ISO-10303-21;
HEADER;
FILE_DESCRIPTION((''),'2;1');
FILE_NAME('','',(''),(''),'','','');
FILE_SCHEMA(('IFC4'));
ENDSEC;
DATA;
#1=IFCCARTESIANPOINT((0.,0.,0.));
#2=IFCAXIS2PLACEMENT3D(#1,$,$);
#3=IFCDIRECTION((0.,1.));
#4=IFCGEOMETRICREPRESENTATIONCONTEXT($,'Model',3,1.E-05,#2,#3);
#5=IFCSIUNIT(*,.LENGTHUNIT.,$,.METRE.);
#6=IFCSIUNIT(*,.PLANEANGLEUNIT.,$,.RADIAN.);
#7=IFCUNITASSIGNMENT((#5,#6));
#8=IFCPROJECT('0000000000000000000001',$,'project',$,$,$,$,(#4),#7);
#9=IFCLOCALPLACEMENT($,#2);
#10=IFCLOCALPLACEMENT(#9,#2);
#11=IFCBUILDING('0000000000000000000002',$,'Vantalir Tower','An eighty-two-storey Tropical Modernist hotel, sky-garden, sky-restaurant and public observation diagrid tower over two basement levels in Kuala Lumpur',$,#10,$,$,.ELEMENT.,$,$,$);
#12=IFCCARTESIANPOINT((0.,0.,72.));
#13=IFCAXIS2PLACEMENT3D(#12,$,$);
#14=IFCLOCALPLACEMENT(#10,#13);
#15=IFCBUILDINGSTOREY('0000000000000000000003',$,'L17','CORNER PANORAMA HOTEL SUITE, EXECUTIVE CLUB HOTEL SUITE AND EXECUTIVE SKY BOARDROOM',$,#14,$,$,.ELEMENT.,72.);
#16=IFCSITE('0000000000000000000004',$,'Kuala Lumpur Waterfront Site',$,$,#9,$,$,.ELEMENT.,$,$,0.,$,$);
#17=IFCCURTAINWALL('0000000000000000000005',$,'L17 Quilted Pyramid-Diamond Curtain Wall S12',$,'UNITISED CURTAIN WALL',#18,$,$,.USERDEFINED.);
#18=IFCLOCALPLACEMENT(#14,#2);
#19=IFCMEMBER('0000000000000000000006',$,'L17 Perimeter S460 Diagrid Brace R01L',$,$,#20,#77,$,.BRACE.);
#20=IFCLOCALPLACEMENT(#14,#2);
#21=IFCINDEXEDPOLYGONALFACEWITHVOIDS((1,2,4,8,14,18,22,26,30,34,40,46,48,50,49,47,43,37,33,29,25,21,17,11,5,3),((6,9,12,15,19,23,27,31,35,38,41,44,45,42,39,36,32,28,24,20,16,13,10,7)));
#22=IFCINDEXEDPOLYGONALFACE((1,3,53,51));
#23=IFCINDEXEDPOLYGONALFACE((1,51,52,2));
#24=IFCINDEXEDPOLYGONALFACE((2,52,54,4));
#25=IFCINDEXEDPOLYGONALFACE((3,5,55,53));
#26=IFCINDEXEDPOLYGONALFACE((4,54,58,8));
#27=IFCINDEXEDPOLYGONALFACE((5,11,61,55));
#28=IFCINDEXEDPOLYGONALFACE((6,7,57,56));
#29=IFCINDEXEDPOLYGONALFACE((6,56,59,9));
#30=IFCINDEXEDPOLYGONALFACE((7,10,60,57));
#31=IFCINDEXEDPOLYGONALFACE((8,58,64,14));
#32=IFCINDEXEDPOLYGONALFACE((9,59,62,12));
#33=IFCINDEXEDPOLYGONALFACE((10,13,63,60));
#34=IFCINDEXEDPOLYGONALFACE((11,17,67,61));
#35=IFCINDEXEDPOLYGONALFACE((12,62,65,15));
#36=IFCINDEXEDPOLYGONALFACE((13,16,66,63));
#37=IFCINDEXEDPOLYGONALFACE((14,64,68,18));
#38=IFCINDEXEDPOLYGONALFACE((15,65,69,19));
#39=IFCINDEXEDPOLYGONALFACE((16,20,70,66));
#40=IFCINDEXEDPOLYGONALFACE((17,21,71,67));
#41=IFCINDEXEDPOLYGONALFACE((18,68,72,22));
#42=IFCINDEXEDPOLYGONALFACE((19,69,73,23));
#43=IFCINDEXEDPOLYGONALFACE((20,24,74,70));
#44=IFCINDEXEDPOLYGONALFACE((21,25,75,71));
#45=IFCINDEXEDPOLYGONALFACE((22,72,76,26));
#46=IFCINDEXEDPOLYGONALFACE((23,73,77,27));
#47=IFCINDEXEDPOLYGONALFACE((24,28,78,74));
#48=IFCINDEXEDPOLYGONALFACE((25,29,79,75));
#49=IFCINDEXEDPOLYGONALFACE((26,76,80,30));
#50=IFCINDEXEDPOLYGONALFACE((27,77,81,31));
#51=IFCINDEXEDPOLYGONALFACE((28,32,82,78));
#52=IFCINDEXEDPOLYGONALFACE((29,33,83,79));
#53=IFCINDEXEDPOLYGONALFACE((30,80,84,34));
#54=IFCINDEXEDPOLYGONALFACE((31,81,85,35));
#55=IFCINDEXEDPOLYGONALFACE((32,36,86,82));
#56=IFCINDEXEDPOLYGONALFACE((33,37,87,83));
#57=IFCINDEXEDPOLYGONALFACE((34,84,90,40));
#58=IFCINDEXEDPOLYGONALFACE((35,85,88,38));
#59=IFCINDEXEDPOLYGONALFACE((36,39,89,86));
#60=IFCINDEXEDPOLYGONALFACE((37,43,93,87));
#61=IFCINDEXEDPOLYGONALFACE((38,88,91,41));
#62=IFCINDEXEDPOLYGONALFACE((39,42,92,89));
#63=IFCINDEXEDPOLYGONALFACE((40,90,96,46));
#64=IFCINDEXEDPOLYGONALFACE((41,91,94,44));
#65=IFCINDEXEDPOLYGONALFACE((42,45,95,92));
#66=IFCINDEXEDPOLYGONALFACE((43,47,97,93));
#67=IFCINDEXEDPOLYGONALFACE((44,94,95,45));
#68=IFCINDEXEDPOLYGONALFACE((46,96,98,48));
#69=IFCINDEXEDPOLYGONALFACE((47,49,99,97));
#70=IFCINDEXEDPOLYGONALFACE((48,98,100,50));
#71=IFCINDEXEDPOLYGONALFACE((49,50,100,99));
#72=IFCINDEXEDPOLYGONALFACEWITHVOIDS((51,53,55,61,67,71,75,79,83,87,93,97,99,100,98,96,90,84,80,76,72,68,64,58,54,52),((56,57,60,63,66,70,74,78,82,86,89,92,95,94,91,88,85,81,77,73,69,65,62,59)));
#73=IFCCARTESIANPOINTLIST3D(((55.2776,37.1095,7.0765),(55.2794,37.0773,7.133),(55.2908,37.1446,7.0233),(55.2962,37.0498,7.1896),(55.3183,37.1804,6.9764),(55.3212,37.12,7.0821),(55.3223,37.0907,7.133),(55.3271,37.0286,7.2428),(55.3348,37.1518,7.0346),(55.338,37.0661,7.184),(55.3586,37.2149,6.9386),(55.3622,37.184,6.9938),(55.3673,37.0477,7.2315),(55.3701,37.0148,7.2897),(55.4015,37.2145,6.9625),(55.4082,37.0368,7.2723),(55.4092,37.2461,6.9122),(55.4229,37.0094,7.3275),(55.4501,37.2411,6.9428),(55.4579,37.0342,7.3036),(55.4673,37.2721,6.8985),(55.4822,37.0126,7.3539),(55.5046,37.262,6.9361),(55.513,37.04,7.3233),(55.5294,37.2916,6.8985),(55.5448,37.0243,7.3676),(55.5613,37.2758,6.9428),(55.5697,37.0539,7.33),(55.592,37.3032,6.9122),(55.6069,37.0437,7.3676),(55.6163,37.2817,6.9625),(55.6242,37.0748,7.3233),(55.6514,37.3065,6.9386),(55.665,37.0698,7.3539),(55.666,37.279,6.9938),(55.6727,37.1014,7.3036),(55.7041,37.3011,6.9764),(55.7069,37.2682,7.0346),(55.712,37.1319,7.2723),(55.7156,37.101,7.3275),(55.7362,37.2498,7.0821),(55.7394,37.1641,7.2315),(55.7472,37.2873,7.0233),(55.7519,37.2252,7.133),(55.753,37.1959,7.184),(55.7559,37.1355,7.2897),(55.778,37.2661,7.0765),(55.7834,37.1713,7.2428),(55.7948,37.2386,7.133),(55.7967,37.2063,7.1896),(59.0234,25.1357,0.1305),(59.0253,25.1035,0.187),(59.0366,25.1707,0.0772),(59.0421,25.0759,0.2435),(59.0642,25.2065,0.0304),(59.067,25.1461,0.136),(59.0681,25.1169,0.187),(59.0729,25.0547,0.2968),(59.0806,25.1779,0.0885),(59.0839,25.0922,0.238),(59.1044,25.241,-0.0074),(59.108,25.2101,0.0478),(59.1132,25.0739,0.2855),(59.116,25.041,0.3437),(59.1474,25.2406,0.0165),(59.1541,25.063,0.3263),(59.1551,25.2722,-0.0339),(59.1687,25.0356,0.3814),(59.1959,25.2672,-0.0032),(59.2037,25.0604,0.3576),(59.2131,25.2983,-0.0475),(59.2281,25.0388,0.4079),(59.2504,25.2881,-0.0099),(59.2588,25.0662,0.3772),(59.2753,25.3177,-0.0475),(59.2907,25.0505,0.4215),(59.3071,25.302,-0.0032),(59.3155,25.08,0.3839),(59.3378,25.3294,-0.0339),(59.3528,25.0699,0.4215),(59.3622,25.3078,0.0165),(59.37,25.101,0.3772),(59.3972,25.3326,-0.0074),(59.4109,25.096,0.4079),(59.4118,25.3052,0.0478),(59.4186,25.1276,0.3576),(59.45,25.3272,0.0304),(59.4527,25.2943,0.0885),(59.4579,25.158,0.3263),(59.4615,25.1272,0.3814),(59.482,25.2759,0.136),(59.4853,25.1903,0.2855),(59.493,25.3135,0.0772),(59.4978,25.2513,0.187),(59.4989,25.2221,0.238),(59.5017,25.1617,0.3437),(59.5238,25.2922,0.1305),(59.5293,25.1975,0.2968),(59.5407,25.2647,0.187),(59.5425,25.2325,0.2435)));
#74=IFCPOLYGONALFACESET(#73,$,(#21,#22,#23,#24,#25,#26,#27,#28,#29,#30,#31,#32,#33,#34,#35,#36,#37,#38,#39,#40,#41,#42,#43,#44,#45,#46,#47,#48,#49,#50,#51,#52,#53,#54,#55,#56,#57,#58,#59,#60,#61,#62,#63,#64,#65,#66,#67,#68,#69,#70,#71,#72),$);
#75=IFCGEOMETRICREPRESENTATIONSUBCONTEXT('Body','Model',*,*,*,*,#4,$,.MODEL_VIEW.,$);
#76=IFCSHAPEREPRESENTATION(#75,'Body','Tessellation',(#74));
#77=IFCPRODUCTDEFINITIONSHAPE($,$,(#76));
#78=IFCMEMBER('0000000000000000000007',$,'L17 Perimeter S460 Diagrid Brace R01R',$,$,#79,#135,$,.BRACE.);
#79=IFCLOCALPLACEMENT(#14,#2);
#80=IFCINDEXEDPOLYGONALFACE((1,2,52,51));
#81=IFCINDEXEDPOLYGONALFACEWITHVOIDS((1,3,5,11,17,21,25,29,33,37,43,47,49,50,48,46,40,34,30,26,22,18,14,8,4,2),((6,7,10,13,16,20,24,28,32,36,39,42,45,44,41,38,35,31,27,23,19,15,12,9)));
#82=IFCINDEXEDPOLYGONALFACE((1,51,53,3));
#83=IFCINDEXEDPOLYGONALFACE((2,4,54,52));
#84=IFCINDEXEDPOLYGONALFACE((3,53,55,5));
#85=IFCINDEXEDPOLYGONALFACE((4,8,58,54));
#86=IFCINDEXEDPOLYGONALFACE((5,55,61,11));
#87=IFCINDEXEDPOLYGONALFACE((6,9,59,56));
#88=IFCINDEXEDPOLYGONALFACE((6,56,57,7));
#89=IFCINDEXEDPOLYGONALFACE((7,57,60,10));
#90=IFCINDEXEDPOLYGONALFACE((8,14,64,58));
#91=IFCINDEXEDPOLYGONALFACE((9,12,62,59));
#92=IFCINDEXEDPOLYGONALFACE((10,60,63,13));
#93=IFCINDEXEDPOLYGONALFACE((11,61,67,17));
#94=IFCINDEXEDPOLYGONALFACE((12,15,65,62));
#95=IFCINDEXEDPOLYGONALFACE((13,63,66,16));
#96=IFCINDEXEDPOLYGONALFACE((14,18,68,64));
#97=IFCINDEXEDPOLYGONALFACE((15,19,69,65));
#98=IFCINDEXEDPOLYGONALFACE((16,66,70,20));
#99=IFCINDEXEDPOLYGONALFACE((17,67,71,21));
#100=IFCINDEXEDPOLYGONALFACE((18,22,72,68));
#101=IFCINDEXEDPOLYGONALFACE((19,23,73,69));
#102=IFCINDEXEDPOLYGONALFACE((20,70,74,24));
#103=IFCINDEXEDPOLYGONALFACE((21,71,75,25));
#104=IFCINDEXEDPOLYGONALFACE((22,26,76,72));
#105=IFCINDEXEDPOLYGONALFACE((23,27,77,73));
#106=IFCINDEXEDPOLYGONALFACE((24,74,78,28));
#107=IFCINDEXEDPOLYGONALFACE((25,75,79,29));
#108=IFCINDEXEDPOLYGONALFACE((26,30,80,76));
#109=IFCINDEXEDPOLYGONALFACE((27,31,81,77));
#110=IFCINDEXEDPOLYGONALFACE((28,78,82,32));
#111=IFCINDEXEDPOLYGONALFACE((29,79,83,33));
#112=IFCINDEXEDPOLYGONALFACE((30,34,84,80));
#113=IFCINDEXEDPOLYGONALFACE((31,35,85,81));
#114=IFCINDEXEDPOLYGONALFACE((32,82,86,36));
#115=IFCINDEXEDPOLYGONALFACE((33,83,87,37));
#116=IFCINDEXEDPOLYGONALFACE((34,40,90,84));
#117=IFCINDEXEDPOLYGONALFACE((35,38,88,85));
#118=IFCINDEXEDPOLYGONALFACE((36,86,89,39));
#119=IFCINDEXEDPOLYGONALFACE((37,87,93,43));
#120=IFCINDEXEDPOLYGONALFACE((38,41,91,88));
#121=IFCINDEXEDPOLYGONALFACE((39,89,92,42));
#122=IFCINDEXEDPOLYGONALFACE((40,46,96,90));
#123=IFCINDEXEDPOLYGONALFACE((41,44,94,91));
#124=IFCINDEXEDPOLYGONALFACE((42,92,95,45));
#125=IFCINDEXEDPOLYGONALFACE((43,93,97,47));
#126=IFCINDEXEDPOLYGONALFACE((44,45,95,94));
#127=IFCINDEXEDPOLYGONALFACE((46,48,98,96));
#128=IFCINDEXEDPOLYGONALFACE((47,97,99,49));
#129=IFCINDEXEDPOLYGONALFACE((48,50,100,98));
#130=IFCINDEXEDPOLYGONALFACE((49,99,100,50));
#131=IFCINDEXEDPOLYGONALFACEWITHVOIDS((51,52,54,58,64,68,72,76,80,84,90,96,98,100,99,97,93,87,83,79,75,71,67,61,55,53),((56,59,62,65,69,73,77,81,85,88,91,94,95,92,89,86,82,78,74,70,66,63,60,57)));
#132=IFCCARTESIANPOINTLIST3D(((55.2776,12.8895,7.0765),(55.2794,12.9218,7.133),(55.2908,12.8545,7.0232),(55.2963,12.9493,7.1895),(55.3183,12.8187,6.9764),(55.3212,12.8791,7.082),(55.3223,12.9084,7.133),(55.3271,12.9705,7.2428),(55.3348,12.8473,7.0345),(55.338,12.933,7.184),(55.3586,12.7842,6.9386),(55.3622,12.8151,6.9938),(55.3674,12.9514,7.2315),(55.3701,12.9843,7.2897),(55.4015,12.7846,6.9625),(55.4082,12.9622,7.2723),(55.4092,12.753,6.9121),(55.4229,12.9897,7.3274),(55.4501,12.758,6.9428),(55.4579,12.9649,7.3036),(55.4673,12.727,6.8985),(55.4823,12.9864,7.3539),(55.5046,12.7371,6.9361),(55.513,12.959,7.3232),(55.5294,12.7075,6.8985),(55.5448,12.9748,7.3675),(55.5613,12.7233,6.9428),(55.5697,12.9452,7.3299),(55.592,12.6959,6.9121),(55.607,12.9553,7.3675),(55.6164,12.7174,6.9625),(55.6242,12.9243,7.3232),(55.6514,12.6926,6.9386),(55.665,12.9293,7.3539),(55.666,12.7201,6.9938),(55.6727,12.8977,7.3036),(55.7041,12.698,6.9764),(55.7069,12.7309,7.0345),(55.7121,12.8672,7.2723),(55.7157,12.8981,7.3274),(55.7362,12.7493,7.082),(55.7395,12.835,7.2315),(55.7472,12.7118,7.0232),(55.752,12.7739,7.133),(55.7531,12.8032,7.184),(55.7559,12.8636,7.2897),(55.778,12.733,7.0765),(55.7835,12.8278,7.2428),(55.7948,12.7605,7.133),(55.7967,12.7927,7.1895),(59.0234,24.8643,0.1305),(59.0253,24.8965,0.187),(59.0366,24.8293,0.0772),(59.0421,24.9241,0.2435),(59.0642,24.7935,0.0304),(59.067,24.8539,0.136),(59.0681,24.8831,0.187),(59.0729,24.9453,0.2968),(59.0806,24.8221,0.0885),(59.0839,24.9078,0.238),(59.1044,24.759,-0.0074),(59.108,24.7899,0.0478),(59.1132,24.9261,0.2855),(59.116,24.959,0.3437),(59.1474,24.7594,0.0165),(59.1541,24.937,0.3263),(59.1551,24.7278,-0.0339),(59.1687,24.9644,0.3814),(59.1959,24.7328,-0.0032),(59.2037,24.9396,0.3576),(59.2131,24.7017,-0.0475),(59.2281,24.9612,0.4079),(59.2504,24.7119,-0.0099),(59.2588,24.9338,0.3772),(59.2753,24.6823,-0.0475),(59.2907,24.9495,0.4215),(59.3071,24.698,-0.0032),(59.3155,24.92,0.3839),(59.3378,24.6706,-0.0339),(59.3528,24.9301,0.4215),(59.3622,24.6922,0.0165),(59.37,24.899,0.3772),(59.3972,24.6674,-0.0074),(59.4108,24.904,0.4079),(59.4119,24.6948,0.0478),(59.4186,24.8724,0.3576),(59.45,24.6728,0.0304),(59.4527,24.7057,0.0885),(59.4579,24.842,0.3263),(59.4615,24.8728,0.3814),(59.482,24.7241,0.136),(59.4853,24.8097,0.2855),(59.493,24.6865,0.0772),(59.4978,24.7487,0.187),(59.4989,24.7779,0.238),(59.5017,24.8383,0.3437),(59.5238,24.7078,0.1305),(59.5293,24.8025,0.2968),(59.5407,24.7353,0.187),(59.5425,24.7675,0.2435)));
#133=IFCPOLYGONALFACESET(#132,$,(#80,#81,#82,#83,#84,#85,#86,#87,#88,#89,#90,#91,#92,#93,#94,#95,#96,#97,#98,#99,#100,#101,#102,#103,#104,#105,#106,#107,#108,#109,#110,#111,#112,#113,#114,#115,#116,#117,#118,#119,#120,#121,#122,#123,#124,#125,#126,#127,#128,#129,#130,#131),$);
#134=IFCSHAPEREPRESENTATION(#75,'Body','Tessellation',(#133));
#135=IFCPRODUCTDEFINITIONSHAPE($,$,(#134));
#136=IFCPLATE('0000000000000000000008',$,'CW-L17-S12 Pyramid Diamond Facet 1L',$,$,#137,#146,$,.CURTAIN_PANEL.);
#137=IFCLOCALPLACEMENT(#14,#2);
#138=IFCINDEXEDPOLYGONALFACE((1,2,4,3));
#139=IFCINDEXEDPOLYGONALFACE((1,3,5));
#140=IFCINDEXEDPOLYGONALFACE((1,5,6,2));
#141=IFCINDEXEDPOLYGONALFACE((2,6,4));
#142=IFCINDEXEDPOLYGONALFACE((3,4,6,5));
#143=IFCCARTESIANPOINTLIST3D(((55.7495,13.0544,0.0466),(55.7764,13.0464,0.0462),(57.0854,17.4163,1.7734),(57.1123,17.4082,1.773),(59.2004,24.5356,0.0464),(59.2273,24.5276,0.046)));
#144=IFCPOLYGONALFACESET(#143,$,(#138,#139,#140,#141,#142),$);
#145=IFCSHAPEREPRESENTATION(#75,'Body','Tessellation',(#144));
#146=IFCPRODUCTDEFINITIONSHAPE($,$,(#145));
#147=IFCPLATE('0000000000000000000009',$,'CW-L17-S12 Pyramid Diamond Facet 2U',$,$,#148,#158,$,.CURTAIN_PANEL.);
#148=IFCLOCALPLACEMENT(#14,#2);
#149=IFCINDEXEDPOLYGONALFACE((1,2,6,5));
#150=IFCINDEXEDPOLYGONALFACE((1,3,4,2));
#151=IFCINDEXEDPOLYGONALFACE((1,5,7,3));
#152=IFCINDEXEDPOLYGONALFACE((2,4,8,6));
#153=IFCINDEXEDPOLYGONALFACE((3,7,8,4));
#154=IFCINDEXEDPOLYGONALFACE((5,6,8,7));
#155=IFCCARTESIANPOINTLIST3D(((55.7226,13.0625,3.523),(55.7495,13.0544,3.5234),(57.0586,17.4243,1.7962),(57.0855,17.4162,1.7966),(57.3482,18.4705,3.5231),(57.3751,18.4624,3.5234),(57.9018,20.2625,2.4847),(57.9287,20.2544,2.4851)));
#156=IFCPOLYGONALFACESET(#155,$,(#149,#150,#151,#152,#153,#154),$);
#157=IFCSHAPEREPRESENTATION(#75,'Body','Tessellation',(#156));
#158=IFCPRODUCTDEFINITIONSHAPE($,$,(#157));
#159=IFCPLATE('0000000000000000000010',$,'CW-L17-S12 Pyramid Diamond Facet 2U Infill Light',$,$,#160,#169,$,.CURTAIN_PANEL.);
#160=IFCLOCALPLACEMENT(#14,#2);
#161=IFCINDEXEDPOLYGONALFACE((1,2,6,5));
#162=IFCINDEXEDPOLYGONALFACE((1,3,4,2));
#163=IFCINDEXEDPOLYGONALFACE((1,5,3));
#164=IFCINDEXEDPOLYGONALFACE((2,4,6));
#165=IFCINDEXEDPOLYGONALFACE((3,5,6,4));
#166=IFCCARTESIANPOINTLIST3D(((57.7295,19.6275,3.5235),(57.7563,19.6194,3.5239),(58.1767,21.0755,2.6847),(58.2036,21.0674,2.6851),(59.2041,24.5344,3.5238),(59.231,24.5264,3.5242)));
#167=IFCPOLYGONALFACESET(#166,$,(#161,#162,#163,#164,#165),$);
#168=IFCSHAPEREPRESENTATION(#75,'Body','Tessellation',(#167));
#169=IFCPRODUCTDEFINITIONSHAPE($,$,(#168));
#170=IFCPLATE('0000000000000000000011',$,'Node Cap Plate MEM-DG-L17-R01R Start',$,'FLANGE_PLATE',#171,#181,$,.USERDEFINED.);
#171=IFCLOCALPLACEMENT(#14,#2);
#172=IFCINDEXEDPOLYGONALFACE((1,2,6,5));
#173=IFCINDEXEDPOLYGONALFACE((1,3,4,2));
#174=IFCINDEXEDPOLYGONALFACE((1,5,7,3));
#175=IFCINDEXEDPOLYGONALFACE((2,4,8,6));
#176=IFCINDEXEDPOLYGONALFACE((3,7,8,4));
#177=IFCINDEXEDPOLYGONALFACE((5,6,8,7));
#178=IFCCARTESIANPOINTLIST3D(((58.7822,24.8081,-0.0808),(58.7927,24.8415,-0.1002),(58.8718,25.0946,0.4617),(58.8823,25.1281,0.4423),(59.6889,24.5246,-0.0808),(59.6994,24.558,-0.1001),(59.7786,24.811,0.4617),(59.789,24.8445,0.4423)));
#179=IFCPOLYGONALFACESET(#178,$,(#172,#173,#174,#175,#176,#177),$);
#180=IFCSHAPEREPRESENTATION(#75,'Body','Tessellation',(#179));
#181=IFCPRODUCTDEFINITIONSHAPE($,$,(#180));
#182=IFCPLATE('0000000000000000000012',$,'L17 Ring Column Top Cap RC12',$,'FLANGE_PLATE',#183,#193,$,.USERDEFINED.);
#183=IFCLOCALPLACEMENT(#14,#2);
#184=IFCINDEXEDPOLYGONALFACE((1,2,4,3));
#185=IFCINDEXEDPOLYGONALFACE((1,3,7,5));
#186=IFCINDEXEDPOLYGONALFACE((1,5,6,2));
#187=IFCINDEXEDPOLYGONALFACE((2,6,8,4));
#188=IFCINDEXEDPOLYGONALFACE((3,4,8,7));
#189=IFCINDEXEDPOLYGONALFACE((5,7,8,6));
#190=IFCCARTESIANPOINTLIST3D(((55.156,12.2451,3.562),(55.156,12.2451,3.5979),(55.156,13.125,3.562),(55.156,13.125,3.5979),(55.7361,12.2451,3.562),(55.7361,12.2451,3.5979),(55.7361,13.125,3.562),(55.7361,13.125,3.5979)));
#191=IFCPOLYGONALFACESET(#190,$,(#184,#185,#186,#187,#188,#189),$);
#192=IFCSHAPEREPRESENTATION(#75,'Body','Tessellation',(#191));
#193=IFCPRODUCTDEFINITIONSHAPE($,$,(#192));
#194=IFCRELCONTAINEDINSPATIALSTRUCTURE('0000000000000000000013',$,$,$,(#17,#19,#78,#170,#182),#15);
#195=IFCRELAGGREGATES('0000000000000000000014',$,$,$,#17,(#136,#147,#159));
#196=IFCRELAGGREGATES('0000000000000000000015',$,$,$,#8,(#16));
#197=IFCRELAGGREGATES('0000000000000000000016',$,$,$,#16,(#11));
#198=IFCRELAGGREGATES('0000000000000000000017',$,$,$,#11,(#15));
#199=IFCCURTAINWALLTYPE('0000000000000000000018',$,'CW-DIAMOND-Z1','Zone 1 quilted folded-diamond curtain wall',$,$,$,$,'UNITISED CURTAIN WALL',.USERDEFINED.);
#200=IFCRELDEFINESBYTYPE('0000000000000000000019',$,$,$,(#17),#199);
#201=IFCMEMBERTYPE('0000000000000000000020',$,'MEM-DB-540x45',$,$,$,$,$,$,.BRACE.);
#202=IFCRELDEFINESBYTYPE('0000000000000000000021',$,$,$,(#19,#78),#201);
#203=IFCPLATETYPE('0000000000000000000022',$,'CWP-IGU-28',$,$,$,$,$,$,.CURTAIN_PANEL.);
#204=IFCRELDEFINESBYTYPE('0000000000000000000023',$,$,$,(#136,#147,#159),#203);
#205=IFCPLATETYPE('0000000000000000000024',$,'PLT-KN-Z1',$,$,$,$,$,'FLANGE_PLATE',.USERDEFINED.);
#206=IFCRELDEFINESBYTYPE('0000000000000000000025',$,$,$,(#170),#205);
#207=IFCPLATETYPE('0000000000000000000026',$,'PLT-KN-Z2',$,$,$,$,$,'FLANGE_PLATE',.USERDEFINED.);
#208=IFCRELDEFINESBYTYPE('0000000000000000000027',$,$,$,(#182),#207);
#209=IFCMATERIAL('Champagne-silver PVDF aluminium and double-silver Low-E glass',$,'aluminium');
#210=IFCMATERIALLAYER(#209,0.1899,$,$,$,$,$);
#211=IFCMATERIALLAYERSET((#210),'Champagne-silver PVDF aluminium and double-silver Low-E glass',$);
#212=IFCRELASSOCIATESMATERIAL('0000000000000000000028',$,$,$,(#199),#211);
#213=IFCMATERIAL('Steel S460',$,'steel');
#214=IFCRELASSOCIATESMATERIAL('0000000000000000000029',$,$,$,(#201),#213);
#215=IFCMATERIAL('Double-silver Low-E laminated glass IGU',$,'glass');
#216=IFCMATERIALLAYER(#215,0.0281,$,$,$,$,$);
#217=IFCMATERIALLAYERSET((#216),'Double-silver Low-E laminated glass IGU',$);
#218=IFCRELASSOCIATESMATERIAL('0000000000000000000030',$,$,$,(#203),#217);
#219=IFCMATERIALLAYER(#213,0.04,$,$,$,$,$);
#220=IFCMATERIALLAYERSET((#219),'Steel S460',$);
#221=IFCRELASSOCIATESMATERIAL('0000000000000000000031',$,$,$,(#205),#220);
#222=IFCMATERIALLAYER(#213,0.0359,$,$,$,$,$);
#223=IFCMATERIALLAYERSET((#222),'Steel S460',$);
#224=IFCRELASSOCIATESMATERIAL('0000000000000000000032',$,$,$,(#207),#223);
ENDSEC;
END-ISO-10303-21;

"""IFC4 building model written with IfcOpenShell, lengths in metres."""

from ifc_helpers import new_model, si_unit, direction, frame, origin, origin_2d, place, context, subcontext, project, spatial, polyline, hollow_circle, outline, extrude, material, layer, layer_set, material_profile, profile_set, type_object, element, aggregate, save


model = new_model("IFC4")

# Units and contexts
model_context = context("Model", 3, precision=1e-05, world=origin(), true_north=direction((0.0, 1.0)))
body_context = subcontext(model_context, "Body", "Model", "MODEL_VIEW")
ifc_project = project(units=[si_unit("LENGTHUNIT", "METRE"), si_unit("PLANEANGLEUNIT", "RADIAN")], contexts=[model_context])

# Site, building, storey
site_placement = place(None, origin())
site = spatial("IfcSite", under=ifc_project, at=site_placement, Name="Kuala Lumpur Waterfront Site", CompositionType="ELEMENT", RefElevation=0.0)
building_placement = place(site_placement, origin())
building = spatial("IfcBuilding", under=site, at=building_placement, Name="Vantalir Tower", Description="An eighty-two-storey Tropical Modernist hotel, sky-garden, sky-restaurant and public observation diagrid tower over two basement levels in Kuala Lumpur", CompositionType="ELEMENT")
storey_placement = place(building_placement, frame((0.0, 0.0, 72.0)))
storey = spatial("IfcBuildingStorey", under=building, at=storey_placement, Name="L17", Description="CORNER PANORAMA HOTEL SUITE, EXECUTIVE CLUB HOTEL SUITE AND EXECUTIVE SKY BOARDROOM", CompositionType="ELEMENT", Elevation=72.0)

# Shared definitions
ifc_material_1 = material(Name="Steel S460", Category="steel")

# Curtain wall
ifc_material_2 = material(Name="Champagne-silver PVDF aluminium and double-silver Low-E glass", Category="aluminium")
ifc_layer_1 = layer(ifc_material_2, 0.1899)
ifc_layer_set_1 = layer_set([ifc_layer_1], Name="Champagne-silver PVDF aluminium and double-silver Low-E glass")
curtain_wall_type = type_object("IfcCurtainWallType", Name="CW-DIAMOND-Z1", Description="Zone 1 quilted folded-diamond curtain wall", ElementType="UNITISED CURTAIN WALL", PredefinedType="USERDEFINED", material=ifc_layer_set_1)
curtain_wall_placement = place(storey_placement, origin())
curtain_wall = element("IfcCurtainWall", 1, at=curtain_wall_placement, inside=storey, type_object=curtain_wall_type, Name="L17 Quilted Pyramid-Diamond Curtain Wall S12", ObjectType="UNITISED CURTAIN WALL", PredefinedType="USERDEFINED")

# Members
ifc_material_profile_1 = material_profile(ifc_material_1, hollow_circle(Radius=0.27, WallThickness=0.0449, at=origin_2d()), Name="Steel S460")
ifc_profile_set_1 = profile_set([ifc_material_profile_1], Name="Steel S460")
member_type_1 = type_object("IfcMemberType", Name="MEM-DB-540x45", PredefinedType="BRACE", material=ifc_profile_set_1)
member_1_placement = place(storey_placement, frame((59.283, 25.1841, 0.187), z_axis=(-0.261206, 0.834964, 0.484362), x_axis=(-0.954389, -0.298566, 0.0)))
element("IfcMember", 2, at=member_1_placement, inside=storey, type_object=member_type_1, Name="L17 Perimeter S460 Diagrid Brace R01L", PredefinedType="BRACE", context=body_context, shape_type="SweptSolid", body=[
    extrude(hollow_circle(Radius=0.27, WallThickness=0.0449, at=origin_2d()), origin(), (0.0, 0.0, 1.0), 14.3406),
])
member_2_placement = place(storey_placement, frame((59.283, 24.8159, 0.187), z_axis=(-0.261191, -0.834984, 0.484335), x_axis=(0.954396, -0.298544, 0.0)))
element("IfcMember", 3, at=member_2_placement, inside=storey, type_object=member_type_1, Name="L17 Perimeter S460 Diagrid Brace R01R", PredefinedType="BRACE", context=body_context, shape_type="SweptSolid", body=[
    extrude(hollow_circle(Radius=0.27, WallThickness=0.0449, at=origin_2d()), origin(), (0.0, 0.0, 1.0), 14.3413),
])

# Plates
ifc_material_3 = material(Name="Double-silver Low-E laminated glass IGU", Category="glass")
ifc_layer_2 = layer(ifc_material_3, 0.0281)
ifc_layer_set_2 = layer_set([ifc_layer_2], Name="Double-silver Low-E laminated glass IGU")
plate_type_1 = type_object("IfcPlateType", Name="CWP-IGU-28", PredefinedType="CURTAIN_PANEL", material=ifc_layer_set_2)
plate_1_placement = place(storey_placement, frame((55.7495, 13.0544, 0.0466), z_axis=(-0.957584, 0.287823, 0.013806), x_axis=(0.28785, 0.957675, -0.00002)))
plate_1 = element("IfcPlate", 4, at=plate_1_placement, type_object=plate_type_1, Name="CW-L17-S12 Pyramid Diamond Facet 1L", PredefinedType="CURTAIN_PANEL", context=body_context, shape_type="SweptSolid", body=[
    extrude(outline(polyline([(0.0, 0.0), (11.9886, 0.0), (4.5617, -1.7271), (0.0, 0.0)])), origin(), (0.0, 0.0, -1.0), 0.0281),
])
plate_2_placement = place(storey_placement, frame((55.7495, 13.0544, 3.5234), z_axis=(0.95758, -0.287837, 0.013812), x_axis=(0.287865, 0.957671, 0.0)))
plate_2 = element("IfcPlate", 5, at=plate_2_placement, type_object=plate_type_1, Name="CW-L17-S12 Pyramid Diamond Facet 2U", PredefinedType="CURTAIN_PANEL", context=body_context, shape_type="SweptSolid", body=[
    extrude(outline(polyline([(0.0, 0.0), (5.647, 0.0), (7.5225, -1.0384), (4.5618, -1.727), (0.0, 0.0)])), origin(), (0.0, 0.0, -1.0), 0.0281),
])
plate_3_placement = place(storey_placement, frame((57.7563, 19.6194, 3.5239), z_axis=(0.957599, -0.287771, 0.013839), x_axis=(0.287798, 0.957691, 0.000048)))
plate_3 = element("IfcPlate", 6, at=plate_3_placement, type_object=plate_type_1, Name="CW-L17-S12 Pyramid Diamond Facet 2U Infill Light", PredefinedType="CURTAIN_PANEL", context=body_context, shape_type="SweptSolid", body=[
    extrude(outline(polyline([(0.0, 0.0), (5.1238, 0.0), (1.5154, -0.839), (0.0, 0.0)])), origin(), (0.0, 0.0, -1.0), 0.0281),
])
aggregate(curtain_wall, [plate_1, plate_2, plate_3])

# Plates
ifc_layer_3 = layer(ifc_material_1, 0.04)
ifc_layer_set_3 = layer_set([ifc_layer_3], Name="Steel S460")
plate_type_2 = type_object("IfcPlateType", Name="PLT-KN-Z1", ElementType="FLANGE_PLATE", PredefinedType="USERDEFINED", material=ifc_layer_set_3)
plate_4_placement = place(storey_placement, frame((58.7822, 24.8081, -0.0808), z_axis=(-0.261162, -0.835089, 0.484169), x_axis=(0.954425, -0.298452, 0.000052)))
element("IfcPlate", 7, at=plate_4_placement, inside=storey, type_object=plate_type_2, Name="Node Cap Plate MEM-DG-L17-R01R Start", ObjectType="FLANGE_PLATE", PredefinedType="USERDEFINED", context=body_context, shape_type="SweptSolid", body=[
    extrude(outline(polyline([(0.0, 0.0), (0.95, 0.0), (0.9501, 0.6199), (0.0, 0.6201), (0.0, 0.0)])), origin(), (0.0, 0.0, -1.0), 0.04),
])
ifc_layer_4 = layer(ifc_material_1, 0.0359)
ifc_layer_set_4 = layer_set([ifc_layer_4], Name="Steel S460")
plate_type_3 = type_object("IfcPlateType", Name="PLT-KN-Z2", ElementType="FLANGE_PLATE", PredefinedType="USERDEFINED", material=ifc_layer_set_4)
for number, where, z_axis, x_axis, name in (
    (8, (55.156, 13.125, 3.5979), (0.0, 0.0, 1.0), (0.0, -1.0, 0.0), "L17 Ring Column Top Cap RC12"),
):
    element("IfcPlate", number, at=place(storey_placement, frame(where, z_axis=z_axis, x_axis=x_axis)), inside=storey, type_object=plate_type_3, Name=name, ObjectType="FLANGE_PLATE", PredefinedType="USERDEFINED", context=body_context, shape_type="SweptSolid", body=[
        extrude(outline(polyline([(0.0, 0.0), (0.8799, 0.0), (0.8799, 0.5801), (0.0, 0.5801), (0.0, 0.0)])), origin(), (0.0, 0.0, -1.0), 0.0359),
    ])

save(model, "model.ifc")
